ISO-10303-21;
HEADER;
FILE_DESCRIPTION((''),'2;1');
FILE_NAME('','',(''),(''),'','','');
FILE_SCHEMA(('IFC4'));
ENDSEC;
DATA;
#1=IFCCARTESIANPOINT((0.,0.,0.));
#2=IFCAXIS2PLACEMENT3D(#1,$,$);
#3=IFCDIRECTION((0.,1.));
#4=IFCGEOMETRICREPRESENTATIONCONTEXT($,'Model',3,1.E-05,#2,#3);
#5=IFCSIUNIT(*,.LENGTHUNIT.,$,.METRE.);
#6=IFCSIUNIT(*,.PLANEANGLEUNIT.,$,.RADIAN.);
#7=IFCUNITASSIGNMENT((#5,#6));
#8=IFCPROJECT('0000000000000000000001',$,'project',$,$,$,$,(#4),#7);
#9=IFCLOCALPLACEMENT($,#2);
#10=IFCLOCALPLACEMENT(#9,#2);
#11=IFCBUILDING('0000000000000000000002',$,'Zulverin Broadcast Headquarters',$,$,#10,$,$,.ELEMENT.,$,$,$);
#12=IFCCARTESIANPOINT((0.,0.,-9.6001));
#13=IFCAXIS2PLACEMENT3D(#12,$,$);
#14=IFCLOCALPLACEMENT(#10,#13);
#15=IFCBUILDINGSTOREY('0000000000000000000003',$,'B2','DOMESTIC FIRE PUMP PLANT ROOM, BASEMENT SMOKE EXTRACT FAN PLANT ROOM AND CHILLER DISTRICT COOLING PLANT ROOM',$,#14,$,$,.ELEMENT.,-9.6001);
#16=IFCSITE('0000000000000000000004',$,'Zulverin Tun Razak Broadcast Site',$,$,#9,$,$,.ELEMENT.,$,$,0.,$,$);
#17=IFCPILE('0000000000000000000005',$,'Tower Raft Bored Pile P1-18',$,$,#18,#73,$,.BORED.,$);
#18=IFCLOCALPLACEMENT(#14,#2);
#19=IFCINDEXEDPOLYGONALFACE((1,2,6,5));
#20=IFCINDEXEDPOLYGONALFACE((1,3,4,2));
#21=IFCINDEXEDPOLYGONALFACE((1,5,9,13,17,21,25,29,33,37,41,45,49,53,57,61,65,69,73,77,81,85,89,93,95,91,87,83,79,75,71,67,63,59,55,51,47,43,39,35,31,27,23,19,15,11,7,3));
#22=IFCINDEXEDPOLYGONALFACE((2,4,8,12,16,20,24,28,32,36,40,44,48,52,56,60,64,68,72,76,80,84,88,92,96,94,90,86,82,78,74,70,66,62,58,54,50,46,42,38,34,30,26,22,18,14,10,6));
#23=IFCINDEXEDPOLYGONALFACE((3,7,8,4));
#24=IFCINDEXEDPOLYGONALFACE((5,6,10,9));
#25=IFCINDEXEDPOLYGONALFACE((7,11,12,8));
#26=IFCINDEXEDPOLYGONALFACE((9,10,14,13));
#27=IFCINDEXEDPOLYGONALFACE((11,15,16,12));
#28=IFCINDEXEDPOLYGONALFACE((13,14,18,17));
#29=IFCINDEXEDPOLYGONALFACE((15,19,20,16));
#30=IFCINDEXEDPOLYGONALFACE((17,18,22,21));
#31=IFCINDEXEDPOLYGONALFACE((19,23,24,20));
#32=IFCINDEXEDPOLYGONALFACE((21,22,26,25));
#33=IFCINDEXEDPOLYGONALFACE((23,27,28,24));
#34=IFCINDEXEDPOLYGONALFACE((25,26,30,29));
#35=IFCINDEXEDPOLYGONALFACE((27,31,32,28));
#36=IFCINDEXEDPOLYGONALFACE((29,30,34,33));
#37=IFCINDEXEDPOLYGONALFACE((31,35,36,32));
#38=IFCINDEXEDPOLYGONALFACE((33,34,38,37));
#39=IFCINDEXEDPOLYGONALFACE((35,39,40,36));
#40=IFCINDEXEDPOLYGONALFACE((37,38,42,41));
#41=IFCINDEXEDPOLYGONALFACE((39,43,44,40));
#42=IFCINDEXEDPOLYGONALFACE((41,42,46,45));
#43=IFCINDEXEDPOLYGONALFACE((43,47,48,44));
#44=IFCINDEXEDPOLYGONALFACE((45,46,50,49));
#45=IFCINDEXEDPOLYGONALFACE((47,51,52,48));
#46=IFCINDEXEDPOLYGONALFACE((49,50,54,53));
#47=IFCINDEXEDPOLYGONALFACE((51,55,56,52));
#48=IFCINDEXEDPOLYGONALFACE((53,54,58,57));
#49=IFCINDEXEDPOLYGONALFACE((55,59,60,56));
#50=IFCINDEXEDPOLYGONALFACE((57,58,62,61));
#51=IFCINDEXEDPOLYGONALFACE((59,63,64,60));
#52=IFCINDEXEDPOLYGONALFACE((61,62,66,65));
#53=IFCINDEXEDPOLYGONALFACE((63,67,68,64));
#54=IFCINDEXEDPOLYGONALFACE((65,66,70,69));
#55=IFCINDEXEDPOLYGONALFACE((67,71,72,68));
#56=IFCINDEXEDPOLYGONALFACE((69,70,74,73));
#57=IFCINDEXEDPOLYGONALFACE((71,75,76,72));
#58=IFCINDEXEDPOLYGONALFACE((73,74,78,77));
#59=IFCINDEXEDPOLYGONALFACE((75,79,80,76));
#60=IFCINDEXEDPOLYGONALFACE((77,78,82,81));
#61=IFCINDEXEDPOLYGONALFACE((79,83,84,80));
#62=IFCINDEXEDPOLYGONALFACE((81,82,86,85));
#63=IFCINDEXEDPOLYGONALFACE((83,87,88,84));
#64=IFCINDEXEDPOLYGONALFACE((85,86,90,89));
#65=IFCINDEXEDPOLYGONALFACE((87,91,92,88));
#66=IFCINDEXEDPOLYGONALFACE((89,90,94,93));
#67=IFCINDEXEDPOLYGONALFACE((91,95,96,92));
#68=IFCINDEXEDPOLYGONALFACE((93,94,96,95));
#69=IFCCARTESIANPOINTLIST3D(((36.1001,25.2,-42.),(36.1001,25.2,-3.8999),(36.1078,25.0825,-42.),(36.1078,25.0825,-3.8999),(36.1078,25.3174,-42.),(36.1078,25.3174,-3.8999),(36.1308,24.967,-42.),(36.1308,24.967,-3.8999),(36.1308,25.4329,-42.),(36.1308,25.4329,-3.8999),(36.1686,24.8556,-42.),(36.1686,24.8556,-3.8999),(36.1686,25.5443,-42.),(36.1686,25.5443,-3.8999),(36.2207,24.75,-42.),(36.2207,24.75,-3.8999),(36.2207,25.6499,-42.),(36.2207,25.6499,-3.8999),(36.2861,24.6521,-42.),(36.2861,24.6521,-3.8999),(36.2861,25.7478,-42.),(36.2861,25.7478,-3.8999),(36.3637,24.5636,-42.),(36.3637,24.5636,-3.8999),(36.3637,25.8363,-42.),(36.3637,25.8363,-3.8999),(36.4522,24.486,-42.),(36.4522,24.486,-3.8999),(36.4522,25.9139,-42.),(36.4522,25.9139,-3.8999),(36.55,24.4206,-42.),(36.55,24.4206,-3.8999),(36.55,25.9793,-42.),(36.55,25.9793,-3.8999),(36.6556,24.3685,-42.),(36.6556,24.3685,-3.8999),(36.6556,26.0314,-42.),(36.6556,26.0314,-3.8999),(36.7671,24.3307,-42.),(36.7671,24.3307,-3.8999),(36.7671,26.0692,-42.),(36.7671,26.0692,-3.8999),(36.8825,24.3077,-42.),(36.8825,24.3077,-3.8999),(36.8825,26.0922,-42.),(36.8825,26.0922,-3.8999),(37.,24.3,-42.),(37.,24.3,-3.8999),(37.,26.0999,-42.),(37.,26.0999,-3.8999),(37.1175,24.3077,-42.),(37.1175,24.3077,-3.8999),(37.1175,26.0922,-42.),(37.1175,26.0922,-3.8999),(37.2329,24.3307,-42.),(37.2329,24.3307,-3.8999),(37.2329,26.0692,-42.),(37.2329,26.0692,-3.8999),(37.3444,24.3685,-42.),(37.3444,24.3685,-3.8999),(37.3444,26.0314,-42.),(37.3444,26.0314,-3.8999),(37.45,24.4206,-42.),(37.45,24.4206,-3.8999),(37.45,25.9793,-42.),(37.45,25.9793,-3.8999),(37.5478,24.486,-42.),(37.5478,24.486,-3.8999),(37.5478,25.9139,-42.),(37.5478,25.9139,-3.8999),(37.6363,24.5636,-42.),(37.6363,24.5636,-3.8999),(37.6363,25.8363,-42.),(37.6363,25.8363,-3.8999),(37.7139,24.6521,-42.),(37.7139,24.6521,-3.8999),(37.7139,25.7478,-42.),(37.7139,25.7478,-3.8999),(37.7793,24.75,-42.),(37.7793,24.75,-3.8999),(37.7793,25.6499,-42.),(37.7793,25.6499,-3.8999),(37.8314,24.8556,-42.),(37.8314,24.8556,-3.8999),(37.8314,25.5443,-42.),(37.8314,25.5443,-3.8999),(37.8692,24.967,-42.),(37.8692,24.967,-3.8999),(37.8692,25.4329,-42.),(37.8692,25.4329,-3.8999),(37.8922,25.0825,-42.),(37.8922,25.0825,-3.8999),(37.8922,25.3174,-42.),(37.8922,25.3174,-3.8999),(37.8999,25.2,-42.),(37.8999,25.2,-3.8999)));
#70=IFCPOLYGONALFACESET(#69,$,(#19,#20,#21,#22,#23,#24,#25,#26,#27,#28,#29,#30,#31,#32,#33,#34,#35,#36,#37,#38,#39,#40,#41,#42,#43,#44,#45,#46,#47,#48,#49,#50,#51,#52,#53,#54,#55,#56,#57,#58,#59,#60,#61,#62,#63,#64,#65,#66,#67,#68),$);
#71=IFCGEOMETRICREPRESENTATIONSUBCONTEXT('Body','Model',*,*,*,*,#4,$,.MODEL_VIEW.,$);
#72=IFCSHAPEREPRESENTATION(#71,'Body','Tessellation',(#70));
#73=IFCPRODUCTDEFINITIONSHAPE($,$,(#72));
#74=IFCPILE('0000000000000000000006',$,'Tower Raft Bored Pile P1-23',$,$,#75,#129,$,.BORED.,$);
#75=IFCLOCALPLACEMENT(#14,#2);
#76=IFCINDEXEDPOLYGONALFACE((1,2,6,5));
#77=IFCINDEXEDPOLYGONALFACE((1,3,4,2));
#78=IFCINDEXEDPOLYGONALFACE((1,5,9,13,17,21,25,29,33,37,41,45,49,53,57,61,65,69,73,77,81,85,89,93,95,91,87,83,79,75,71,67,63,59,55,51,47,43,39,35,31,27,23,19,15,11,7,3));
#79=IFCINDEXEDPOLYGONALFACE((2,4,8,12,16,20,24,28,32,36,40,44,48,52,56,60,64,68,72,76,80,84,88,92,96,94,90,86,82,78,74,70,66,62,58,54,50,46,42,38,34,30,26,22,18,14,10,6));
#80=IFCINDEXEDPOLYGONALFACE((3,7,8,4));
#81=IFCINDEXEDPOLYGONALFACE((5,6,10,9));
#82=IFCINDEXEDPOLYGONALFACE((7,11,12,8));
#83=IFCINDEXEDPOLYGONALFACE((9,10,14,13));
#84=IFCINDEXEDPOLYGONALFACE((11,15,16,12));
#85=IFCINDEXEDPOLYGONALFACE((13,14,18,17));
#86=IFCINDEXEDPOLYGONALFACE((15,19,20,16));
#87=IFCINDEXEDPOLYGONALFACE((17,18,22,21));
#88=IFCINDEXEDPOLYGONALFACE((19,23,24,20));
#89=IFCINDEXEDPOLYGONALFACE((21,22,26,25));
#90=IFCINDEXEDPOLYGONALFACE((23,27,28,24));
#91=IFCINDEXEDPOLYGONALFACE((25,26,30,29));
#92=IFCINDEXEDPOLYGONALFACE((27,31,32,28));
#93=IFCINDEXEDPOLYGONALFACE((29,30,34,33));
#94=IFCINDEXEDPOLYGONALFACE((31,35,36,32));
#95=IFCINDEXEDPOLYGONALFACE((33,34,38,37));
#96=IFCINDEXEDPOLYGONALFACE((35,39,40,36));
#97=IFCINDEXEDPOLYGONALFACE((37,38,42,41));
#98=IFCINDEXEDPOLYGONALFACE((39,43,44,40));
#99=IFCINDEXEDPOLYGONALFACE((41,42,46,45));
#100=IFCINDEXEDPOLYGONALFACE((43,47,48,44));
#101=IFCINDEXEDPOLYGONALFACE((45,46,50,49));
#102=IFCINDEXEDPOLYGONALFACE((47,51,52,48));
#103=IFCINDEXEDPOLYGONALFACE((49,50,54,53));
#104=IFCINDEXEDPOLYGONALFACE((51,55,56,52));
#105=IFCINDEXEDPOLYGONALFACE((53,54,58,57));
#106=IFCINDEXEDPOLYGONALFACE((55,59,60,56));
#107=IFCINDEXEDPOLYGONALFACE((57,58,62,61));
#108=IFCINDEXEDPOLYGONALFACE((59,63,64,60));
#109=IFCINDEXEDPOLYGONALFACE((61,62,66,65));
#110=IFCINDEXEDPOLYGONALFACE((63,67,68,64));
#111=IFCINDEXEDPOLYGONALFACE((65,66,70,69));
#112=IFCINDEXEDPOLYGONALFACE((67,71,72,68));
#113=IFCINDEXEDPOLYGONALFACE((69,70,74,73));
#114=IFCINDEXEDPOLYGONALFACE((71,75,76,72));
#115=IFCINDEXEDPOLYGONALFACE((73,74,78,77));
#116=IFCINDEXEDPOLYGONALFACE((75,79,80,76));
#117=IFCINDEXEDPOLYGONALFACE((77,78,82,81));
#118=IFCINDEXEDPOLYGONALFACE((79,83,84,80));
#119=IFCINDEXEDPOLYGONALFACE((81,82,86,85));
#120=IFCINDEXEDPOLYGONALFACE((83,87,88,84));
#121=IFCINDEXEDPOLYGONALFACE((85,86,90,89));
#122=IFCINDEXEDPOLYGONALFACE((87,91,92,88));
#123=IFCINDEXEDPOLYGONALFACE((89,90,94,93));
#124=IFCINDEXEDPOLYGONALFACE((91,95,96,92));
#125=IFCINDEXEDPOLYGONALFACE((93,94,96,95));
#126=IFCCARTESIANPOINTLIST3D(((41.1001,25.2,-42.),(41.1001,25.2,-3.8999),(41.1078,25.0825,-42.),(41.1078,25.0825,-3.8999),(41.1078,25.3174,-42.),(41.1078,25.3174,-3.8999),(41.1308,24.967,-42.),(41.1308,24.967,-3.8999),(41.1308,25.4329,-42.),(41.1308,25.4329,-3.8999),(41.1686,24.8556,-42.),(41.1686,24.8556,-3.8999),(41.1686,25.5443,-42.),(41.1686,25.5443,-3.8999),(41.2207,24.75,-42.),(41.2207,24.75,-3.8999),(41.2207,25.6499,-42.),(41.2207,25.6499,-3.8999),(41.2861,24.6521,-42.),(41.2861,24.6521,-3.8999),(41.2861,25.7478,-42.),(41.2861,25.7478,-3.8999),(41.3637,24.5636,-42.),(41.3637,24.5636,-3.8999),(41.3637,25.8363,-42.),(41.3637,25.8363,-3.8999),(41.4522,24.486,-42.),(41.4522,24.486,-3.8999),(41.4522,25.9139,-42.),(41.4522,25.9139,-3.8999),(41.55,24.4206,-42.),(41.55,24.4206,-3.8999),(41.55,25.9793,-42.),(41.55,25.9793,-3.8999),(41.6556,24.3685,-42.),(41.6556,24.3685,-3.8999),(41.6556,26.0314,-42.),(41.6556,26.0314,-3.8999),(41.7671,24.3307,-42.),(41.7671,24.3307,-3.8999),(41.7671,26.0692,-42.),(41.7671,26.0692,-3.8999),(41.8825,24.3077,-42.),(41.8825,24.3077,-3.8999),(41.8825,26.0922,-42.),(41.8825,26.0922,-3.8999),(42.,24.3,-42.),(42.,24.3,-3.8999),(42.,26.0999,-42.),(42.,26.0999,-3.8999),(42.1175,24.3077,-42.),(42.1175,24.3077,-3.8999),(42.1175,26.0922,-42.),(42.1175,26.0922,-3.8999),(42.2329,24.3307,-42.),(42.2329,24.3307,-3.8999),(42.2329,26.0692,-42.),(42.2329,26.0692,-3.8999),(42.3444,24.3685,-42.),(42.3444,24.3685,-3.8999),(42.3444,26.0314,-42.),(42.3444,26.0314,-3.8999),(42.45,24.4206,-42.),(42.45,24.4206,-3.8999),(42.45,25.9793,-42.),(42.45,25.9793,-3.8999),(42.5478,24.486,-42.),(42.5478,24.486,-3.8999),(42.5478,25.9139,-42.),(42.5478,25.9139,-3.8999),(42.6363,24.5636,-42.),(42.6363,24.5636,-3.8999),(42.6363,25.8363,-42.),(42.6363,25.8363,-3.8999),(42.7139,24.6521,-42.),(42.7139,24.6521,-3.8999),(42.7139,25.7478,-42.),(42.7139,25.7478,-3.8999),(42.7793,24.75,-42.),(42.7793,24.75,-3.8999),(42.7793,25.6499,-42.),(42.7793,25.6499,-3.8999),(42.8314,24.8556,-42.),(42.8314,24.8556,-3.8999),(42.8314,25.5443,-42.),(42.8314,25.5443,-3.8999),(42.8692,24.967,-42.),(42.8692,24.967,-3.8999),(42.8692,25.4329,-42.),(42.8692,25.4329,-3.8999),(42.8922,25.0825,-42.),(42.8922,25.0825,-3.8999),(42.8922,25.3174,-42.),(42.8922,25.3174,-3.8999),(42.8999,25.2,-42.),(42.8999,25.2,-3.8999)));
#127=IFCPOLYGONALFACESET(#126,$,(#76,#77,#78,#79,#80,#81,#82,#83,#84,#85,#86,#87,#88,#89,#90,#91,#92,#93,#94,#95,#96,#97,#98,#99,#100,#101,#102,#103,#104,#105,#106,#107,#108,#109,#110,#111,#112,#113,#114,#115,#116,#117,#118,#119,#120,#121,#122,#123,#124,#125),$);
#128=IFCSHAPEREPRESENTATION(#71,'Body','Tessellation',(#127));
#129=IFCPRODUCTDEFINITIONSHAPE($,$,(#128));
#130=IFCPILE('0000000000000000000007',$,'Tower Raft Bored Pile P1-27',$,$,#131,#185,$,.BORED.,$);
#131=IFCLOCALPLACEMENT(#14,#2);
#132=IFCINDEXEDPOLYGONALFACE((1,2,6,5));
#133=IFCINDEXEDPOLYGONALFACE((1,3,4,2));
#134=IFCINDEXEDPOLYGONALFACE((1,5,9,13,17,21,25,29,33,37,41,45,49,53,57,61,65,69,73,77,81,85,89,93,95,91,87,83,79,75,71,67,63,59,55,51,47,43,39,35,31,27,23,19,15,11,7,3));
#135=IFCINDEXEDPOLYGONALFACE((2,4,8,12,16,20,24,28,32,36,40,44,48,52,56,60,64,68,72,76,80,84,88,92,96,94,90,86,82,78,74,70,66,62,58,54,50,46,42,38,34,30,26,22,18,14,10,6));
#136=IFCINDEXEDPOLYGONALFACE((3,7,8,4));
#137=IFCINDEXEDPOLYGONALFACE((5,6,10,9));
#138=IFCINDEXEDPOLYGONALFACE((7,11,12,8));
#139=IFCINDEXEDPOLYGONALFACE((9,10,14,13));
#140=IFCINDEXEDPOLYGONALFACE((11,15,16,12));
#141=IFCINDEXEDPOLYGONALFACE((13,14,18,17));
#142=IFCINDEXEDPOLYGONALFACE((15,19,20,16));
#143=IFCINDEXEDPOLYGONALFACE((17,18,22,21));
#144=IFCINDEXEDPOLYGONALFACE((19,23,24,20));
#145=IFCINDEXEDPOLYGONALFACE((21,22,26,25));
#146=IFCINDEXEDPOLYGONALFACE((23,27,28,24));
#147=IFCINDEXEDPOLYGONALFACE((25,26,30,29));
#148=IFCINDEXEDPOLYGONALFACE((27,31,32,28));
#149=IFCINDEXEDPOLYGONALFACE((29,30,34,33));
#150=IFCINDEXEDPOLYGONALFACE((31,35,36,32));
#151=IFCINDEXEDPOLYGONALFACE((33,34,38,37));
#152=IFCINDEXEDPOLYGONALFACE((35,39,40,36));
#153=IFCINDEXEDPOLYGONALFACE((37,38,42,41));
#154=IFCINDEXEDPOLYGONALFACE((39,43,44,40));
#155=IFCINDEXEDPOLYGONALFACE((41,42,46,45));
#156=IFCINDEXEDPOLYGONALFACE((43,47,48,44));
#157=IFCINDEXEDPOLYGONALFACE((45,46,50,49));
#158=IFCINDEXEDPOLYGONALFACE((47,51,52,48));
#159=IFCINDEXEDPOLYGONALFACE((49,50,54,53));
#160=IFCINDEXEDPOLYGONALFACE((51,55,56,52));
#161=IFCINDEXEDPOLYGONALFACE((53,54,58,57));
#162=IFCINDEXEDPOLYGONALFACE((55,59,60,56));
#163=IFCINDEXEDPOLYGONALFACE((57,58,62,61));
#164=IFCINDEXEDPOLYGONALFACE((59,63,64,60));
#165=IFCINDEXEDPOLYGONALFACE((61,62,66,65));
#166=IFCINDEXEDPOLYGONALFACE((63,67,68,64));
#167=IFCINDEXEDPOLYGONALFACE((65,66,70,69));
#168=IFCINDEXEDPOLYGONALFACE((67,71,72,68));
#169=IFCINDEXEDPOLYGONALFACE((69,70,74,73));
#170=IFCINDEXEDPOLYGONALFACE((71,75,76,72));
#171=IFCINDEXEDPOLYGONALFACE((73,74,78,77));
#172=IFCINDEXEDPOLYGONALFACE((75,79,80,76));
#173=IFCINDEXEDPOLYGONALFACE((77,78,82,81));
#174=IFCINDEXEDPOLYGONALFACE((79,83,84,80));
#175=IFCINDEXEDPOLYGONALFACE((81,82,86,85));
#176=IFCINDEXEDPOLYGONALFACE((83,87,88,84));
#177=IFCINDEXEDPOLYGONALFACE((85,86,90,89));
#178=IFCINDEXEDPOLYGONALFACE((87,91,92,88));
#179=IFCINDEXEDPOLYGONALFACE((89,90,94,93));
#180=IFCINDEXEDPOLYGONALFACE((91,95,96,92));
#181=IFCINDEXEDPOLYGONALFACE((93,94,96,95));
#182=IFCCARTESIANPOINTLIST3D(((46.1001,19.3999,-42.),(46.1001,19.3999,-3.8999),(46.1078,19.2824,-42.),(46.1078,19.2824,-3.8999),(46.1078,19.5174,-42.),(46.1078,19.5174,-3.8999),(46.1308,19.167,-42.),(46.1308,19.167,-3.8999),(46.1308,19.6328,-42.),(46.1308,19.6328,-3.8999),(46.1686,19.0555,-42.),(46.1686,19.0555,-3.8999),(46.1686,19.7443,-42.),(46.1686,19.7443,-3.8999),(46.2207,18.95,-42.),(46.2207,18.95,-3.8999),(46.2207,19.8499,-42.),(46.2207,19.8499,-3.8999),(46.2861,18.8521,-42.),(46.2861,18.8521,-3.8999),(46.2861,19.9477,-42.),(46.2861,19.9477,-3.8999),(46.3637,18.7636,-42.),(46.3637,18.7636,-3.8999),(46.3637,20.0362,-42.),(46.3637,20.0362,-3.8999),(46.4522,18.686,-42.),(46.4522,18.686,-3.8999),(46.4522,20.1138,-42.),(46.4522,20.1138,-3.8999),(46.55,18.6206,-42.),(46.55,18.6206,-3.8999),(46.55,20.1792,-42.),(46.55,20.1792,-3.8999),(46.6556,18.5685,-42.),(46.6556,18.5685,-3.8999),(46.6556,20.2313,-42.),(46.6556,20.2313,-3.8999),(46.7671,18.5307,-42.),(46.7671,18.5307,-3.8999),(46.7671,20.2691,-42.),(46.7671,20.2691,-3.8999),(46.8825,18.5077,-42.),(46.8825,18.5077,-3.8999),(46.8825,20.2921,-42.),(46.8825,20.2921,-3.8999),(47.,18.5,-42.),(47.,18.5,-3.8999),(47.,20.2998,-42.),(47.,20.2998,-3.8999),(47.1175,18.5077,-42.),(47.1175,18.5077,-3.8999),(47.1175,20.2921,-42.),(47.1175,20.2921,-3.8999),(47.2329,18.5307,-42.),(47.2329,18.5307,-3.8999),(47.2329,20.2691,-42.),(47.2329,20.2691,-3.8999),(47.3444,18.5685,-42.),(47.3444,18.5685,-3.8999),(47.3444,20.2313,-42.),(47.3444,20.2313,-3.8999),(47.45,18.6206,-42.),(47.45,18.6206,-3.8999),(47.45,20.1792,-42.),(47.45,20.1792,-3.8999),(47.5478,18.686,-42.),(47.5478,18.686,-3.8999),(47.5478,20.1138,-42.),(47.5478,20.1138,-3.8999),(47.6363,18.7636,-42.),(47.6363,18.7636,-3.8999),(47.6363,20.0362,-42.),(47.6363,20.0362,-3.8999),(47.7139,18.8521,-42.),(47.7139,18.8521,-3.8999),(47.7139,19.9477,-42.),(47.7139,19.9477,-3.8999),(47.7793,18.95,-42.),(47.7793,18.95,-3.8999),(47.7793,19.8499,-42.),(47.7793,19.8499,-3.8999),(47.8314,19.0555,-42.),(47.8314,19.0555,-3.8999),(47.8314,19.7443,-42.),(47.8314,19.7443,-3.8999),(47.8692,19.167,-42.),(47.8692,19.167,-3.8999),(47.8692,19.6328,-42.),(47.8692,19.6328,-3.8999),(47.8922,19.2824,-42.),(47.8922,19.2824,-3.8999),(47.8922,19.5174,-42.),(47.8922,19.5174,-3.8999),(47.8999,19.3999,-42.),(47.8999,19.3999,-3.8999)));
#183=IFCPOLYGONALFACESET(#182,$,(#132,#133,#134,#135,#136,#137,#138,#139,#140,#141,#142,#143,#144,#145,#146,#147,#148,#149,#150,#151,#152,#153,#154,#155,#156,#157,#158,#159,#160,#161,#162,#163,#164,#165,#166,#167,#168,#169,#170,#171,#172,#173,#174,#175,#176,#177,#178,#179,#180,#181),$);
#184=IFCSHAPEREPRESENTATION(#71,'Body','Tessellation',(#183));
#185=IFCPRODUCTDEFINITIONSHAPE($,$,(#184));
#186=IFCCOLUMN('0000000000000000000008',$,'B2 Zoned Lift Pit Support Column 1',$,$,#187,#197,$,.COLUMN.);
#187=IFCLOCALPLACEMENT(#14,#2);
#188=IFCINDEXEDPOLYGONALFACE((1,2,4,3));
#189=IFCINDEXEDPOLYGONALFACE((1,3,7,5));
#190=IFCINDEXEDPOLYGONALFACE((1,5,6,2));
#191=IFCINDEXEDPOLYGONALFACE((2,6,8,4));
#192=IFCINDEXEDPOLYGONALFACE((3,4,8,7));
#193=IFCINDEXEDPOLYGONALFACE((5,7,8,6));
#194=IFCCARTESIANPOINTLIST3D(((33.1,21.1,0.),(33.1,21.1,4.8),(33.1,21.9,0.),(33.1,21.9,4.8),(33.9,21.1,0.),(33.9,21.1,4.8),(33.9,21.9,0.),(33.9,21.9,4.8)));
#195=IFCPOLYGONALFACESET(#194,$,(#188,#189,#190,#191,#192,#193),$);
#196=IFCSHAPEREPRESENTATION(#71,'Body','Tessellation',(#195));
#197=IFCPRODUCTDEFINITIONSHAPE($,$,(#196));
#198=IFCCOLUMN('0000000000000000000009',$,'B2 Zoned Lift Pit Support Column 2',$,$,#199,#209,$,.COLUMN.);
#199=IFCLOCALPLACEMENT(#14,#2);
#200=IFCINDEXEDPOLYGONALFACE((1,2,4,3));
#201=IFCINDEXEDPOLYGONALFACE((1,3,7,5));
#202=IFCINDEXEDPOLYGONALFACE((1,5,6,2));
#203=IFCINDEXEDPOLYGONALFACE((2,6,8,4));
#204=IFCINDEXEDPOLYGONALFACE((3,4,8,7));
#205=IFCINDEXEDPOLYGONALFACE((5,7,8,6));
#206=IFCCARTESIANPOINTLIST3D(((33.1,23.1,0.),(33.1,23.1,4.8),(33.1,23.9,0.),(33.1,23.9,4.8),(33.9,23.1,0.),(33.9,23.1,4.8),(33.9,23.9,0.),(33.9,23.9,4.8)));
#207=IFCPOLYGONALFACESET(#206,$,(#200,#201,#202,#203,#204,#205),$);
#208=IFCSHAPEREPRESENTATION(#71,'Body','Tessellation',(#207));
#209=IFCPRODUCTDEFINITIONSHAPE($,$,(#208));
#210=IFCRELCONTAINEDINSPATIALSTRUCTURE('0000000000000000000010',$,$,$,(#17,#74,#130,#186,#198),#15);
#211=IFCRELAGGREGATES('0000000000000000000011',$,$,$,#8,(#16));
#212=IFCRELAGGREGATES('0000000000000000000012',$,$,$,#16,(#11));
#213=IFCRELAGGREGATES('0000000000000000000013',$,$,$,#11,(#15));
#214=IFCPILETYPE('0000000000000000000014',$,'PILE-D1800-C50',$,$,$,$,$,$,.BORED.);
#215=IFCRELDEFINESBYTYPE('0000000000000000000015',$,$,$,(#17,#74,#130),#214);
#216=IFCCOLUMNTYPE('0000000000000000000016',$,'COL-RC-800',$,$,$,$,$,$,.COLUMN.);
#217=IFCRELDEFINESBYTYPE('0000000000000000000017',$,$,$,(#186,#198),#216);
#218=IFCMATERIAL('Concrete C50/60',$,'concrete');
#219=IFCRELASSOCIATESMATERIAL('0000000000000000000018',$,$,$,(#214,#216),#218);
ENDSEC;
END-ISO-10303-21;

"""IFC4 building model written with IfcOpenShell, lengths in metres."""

from ifc_helpers import new_model, si_unit, direction, frame, origin, origin_2d, place, context, subcontext, project, spatial, rectangle, circle, extrude, material, material_profile, profile_set, type_object, element, save


model = new_model("IFC4")

# Units and contexts
model_context = context("Model", 3, precision=1e-05, world=origin(), true_north=direction((0.0, 1.0)))
body_context = subcontext(model_context, "Body", "Model", "MODEL_VIEW")
ifc_project = project(units=[si_unit("LENGTHUNIT", "METRE"), si_unit("PLANEANGLEUNIT", "RADIAN")], contexts=[model_context])

# Site, building, storey
site_placement = place(None, origin())
site = spatial("IfcSite", under=ifc_project, at=site_placement, Name="Zulverin Tun Razak Broadcast Site", CompositionType="ELEMENT", RefElevation=0.0)
building_placement = place(site_placement, origin())
building = spatial("IfcBuilding", under=site, at=building_placement, Name="Zulverin Broadcast Headquarters", CompositionType="ELEMENT")
storey_placement = place(building_placement, frame((0.0, 0.0, -9.6001)))
storey = spatial("IfcBuildingStorey", under=building, at=storey_placement, Name="B2", Description="DOMESTIC FIRE PUMP PLANT ROOM, BASEMENT SMOKE EXTRACT FAN PLANT ROOM AND CHILLER DISTRICT COOLING PLANT ROOM", CompositionType="ELEMENT", Elevation=-9.6001)

# Piles
ifc_material_1 = material(Name="Concrete C50/60", Category="concrete")
ifc_material_profile_1 = material_profile(ifc_material_1, circle(Radius=0.8999, at=origin_2d()), Name="Concrete C50/60", Category="concrete")
ifc_profile_set_1 = profile_set([ifc_material_profile_1], Name="Concrete C50/60")
pile_type = type_object("IfcPileType", Name="PILE-D1800-C50", PredefinedType="BORED", material=ifc_profile_set_1)
for number, where, z_axis, x_axis, name in (
    (1, (37.0, 25.2, -3.8999), (0.0, 0.0, -1.0), (1.0, 0.0, 0.0), "Tower Raft Bored Pile P1-18"),
    (2, (42.0, 25.2, -3.8999), (0.0, 0.0, -1.0), (1.0, 0.0, 0.0), "Tower Raft Bored Pile P1-23"),
    (3, (47.0, 19.3999, -3.8999), (0.0, 0.0, -1.0), (1.0, 0.0, 0.0), "Tower Raft Bored Pile P1-27"),
):
    element("IfcPile", number, at=place(storey_placement, frame(where, z_axis=z_axis, x_axis=x_axis)), inside=storey, type_object=pile_type, Name=name, PredefinedType="BORED", context=body_context, shape_type="SweptSolid", body=[
        extrude(circle(Radius=0.8999, at=origin_2d()), origin(), (0.0, 0.0, 1.0), 38.1001),
    ])

# Columns
ifc_material_profile_2 = material_profile(ifc_material_1, rectangle(XDim=0.8, YDim=0.8, at=origin_2d()), Name="Concrete C50/60", Category="concrete")
ifc_profile_set_2 = profile_set([ifc_material_profile_2], Name="Concrete C50/60")
column_type = type_object("IfcColumnType", Name="COL-RC-800", PredefinedType="COLUMN", material=ifc_profile_set_2)
for number, where, z_axis, x_axis, name in (
    (4, (33.5, 21.5, 0.0), (0.0, 0.0, 1.0), (1.0, 0.0, 0.0), "B2 Zoned Lift Pit Support Column 1"),
    (5, (33.5, 23.5, 0.0), (0.0, 0.0, 1.0), (1.0, 0.0, 0.0), "B2 Zoned Lift Pit Support Column 2"),
):
    element("IfcColumn", number, at=place(storey_placement, frame(where, z_axis=z_axis, x_axis=x_axis)), inside=storey, type_object=column_type, Name=name, PredefinedType="COLUMN", context=body_context, shape_type="SweptSolid", body=[
        extrude(rectangle(XDim=0.8, YDim=0.8, at=origin_2d()), origin(), (0.0, 0.0, 1.0), 4.8),
    ])

save(model, "model.ifc")
